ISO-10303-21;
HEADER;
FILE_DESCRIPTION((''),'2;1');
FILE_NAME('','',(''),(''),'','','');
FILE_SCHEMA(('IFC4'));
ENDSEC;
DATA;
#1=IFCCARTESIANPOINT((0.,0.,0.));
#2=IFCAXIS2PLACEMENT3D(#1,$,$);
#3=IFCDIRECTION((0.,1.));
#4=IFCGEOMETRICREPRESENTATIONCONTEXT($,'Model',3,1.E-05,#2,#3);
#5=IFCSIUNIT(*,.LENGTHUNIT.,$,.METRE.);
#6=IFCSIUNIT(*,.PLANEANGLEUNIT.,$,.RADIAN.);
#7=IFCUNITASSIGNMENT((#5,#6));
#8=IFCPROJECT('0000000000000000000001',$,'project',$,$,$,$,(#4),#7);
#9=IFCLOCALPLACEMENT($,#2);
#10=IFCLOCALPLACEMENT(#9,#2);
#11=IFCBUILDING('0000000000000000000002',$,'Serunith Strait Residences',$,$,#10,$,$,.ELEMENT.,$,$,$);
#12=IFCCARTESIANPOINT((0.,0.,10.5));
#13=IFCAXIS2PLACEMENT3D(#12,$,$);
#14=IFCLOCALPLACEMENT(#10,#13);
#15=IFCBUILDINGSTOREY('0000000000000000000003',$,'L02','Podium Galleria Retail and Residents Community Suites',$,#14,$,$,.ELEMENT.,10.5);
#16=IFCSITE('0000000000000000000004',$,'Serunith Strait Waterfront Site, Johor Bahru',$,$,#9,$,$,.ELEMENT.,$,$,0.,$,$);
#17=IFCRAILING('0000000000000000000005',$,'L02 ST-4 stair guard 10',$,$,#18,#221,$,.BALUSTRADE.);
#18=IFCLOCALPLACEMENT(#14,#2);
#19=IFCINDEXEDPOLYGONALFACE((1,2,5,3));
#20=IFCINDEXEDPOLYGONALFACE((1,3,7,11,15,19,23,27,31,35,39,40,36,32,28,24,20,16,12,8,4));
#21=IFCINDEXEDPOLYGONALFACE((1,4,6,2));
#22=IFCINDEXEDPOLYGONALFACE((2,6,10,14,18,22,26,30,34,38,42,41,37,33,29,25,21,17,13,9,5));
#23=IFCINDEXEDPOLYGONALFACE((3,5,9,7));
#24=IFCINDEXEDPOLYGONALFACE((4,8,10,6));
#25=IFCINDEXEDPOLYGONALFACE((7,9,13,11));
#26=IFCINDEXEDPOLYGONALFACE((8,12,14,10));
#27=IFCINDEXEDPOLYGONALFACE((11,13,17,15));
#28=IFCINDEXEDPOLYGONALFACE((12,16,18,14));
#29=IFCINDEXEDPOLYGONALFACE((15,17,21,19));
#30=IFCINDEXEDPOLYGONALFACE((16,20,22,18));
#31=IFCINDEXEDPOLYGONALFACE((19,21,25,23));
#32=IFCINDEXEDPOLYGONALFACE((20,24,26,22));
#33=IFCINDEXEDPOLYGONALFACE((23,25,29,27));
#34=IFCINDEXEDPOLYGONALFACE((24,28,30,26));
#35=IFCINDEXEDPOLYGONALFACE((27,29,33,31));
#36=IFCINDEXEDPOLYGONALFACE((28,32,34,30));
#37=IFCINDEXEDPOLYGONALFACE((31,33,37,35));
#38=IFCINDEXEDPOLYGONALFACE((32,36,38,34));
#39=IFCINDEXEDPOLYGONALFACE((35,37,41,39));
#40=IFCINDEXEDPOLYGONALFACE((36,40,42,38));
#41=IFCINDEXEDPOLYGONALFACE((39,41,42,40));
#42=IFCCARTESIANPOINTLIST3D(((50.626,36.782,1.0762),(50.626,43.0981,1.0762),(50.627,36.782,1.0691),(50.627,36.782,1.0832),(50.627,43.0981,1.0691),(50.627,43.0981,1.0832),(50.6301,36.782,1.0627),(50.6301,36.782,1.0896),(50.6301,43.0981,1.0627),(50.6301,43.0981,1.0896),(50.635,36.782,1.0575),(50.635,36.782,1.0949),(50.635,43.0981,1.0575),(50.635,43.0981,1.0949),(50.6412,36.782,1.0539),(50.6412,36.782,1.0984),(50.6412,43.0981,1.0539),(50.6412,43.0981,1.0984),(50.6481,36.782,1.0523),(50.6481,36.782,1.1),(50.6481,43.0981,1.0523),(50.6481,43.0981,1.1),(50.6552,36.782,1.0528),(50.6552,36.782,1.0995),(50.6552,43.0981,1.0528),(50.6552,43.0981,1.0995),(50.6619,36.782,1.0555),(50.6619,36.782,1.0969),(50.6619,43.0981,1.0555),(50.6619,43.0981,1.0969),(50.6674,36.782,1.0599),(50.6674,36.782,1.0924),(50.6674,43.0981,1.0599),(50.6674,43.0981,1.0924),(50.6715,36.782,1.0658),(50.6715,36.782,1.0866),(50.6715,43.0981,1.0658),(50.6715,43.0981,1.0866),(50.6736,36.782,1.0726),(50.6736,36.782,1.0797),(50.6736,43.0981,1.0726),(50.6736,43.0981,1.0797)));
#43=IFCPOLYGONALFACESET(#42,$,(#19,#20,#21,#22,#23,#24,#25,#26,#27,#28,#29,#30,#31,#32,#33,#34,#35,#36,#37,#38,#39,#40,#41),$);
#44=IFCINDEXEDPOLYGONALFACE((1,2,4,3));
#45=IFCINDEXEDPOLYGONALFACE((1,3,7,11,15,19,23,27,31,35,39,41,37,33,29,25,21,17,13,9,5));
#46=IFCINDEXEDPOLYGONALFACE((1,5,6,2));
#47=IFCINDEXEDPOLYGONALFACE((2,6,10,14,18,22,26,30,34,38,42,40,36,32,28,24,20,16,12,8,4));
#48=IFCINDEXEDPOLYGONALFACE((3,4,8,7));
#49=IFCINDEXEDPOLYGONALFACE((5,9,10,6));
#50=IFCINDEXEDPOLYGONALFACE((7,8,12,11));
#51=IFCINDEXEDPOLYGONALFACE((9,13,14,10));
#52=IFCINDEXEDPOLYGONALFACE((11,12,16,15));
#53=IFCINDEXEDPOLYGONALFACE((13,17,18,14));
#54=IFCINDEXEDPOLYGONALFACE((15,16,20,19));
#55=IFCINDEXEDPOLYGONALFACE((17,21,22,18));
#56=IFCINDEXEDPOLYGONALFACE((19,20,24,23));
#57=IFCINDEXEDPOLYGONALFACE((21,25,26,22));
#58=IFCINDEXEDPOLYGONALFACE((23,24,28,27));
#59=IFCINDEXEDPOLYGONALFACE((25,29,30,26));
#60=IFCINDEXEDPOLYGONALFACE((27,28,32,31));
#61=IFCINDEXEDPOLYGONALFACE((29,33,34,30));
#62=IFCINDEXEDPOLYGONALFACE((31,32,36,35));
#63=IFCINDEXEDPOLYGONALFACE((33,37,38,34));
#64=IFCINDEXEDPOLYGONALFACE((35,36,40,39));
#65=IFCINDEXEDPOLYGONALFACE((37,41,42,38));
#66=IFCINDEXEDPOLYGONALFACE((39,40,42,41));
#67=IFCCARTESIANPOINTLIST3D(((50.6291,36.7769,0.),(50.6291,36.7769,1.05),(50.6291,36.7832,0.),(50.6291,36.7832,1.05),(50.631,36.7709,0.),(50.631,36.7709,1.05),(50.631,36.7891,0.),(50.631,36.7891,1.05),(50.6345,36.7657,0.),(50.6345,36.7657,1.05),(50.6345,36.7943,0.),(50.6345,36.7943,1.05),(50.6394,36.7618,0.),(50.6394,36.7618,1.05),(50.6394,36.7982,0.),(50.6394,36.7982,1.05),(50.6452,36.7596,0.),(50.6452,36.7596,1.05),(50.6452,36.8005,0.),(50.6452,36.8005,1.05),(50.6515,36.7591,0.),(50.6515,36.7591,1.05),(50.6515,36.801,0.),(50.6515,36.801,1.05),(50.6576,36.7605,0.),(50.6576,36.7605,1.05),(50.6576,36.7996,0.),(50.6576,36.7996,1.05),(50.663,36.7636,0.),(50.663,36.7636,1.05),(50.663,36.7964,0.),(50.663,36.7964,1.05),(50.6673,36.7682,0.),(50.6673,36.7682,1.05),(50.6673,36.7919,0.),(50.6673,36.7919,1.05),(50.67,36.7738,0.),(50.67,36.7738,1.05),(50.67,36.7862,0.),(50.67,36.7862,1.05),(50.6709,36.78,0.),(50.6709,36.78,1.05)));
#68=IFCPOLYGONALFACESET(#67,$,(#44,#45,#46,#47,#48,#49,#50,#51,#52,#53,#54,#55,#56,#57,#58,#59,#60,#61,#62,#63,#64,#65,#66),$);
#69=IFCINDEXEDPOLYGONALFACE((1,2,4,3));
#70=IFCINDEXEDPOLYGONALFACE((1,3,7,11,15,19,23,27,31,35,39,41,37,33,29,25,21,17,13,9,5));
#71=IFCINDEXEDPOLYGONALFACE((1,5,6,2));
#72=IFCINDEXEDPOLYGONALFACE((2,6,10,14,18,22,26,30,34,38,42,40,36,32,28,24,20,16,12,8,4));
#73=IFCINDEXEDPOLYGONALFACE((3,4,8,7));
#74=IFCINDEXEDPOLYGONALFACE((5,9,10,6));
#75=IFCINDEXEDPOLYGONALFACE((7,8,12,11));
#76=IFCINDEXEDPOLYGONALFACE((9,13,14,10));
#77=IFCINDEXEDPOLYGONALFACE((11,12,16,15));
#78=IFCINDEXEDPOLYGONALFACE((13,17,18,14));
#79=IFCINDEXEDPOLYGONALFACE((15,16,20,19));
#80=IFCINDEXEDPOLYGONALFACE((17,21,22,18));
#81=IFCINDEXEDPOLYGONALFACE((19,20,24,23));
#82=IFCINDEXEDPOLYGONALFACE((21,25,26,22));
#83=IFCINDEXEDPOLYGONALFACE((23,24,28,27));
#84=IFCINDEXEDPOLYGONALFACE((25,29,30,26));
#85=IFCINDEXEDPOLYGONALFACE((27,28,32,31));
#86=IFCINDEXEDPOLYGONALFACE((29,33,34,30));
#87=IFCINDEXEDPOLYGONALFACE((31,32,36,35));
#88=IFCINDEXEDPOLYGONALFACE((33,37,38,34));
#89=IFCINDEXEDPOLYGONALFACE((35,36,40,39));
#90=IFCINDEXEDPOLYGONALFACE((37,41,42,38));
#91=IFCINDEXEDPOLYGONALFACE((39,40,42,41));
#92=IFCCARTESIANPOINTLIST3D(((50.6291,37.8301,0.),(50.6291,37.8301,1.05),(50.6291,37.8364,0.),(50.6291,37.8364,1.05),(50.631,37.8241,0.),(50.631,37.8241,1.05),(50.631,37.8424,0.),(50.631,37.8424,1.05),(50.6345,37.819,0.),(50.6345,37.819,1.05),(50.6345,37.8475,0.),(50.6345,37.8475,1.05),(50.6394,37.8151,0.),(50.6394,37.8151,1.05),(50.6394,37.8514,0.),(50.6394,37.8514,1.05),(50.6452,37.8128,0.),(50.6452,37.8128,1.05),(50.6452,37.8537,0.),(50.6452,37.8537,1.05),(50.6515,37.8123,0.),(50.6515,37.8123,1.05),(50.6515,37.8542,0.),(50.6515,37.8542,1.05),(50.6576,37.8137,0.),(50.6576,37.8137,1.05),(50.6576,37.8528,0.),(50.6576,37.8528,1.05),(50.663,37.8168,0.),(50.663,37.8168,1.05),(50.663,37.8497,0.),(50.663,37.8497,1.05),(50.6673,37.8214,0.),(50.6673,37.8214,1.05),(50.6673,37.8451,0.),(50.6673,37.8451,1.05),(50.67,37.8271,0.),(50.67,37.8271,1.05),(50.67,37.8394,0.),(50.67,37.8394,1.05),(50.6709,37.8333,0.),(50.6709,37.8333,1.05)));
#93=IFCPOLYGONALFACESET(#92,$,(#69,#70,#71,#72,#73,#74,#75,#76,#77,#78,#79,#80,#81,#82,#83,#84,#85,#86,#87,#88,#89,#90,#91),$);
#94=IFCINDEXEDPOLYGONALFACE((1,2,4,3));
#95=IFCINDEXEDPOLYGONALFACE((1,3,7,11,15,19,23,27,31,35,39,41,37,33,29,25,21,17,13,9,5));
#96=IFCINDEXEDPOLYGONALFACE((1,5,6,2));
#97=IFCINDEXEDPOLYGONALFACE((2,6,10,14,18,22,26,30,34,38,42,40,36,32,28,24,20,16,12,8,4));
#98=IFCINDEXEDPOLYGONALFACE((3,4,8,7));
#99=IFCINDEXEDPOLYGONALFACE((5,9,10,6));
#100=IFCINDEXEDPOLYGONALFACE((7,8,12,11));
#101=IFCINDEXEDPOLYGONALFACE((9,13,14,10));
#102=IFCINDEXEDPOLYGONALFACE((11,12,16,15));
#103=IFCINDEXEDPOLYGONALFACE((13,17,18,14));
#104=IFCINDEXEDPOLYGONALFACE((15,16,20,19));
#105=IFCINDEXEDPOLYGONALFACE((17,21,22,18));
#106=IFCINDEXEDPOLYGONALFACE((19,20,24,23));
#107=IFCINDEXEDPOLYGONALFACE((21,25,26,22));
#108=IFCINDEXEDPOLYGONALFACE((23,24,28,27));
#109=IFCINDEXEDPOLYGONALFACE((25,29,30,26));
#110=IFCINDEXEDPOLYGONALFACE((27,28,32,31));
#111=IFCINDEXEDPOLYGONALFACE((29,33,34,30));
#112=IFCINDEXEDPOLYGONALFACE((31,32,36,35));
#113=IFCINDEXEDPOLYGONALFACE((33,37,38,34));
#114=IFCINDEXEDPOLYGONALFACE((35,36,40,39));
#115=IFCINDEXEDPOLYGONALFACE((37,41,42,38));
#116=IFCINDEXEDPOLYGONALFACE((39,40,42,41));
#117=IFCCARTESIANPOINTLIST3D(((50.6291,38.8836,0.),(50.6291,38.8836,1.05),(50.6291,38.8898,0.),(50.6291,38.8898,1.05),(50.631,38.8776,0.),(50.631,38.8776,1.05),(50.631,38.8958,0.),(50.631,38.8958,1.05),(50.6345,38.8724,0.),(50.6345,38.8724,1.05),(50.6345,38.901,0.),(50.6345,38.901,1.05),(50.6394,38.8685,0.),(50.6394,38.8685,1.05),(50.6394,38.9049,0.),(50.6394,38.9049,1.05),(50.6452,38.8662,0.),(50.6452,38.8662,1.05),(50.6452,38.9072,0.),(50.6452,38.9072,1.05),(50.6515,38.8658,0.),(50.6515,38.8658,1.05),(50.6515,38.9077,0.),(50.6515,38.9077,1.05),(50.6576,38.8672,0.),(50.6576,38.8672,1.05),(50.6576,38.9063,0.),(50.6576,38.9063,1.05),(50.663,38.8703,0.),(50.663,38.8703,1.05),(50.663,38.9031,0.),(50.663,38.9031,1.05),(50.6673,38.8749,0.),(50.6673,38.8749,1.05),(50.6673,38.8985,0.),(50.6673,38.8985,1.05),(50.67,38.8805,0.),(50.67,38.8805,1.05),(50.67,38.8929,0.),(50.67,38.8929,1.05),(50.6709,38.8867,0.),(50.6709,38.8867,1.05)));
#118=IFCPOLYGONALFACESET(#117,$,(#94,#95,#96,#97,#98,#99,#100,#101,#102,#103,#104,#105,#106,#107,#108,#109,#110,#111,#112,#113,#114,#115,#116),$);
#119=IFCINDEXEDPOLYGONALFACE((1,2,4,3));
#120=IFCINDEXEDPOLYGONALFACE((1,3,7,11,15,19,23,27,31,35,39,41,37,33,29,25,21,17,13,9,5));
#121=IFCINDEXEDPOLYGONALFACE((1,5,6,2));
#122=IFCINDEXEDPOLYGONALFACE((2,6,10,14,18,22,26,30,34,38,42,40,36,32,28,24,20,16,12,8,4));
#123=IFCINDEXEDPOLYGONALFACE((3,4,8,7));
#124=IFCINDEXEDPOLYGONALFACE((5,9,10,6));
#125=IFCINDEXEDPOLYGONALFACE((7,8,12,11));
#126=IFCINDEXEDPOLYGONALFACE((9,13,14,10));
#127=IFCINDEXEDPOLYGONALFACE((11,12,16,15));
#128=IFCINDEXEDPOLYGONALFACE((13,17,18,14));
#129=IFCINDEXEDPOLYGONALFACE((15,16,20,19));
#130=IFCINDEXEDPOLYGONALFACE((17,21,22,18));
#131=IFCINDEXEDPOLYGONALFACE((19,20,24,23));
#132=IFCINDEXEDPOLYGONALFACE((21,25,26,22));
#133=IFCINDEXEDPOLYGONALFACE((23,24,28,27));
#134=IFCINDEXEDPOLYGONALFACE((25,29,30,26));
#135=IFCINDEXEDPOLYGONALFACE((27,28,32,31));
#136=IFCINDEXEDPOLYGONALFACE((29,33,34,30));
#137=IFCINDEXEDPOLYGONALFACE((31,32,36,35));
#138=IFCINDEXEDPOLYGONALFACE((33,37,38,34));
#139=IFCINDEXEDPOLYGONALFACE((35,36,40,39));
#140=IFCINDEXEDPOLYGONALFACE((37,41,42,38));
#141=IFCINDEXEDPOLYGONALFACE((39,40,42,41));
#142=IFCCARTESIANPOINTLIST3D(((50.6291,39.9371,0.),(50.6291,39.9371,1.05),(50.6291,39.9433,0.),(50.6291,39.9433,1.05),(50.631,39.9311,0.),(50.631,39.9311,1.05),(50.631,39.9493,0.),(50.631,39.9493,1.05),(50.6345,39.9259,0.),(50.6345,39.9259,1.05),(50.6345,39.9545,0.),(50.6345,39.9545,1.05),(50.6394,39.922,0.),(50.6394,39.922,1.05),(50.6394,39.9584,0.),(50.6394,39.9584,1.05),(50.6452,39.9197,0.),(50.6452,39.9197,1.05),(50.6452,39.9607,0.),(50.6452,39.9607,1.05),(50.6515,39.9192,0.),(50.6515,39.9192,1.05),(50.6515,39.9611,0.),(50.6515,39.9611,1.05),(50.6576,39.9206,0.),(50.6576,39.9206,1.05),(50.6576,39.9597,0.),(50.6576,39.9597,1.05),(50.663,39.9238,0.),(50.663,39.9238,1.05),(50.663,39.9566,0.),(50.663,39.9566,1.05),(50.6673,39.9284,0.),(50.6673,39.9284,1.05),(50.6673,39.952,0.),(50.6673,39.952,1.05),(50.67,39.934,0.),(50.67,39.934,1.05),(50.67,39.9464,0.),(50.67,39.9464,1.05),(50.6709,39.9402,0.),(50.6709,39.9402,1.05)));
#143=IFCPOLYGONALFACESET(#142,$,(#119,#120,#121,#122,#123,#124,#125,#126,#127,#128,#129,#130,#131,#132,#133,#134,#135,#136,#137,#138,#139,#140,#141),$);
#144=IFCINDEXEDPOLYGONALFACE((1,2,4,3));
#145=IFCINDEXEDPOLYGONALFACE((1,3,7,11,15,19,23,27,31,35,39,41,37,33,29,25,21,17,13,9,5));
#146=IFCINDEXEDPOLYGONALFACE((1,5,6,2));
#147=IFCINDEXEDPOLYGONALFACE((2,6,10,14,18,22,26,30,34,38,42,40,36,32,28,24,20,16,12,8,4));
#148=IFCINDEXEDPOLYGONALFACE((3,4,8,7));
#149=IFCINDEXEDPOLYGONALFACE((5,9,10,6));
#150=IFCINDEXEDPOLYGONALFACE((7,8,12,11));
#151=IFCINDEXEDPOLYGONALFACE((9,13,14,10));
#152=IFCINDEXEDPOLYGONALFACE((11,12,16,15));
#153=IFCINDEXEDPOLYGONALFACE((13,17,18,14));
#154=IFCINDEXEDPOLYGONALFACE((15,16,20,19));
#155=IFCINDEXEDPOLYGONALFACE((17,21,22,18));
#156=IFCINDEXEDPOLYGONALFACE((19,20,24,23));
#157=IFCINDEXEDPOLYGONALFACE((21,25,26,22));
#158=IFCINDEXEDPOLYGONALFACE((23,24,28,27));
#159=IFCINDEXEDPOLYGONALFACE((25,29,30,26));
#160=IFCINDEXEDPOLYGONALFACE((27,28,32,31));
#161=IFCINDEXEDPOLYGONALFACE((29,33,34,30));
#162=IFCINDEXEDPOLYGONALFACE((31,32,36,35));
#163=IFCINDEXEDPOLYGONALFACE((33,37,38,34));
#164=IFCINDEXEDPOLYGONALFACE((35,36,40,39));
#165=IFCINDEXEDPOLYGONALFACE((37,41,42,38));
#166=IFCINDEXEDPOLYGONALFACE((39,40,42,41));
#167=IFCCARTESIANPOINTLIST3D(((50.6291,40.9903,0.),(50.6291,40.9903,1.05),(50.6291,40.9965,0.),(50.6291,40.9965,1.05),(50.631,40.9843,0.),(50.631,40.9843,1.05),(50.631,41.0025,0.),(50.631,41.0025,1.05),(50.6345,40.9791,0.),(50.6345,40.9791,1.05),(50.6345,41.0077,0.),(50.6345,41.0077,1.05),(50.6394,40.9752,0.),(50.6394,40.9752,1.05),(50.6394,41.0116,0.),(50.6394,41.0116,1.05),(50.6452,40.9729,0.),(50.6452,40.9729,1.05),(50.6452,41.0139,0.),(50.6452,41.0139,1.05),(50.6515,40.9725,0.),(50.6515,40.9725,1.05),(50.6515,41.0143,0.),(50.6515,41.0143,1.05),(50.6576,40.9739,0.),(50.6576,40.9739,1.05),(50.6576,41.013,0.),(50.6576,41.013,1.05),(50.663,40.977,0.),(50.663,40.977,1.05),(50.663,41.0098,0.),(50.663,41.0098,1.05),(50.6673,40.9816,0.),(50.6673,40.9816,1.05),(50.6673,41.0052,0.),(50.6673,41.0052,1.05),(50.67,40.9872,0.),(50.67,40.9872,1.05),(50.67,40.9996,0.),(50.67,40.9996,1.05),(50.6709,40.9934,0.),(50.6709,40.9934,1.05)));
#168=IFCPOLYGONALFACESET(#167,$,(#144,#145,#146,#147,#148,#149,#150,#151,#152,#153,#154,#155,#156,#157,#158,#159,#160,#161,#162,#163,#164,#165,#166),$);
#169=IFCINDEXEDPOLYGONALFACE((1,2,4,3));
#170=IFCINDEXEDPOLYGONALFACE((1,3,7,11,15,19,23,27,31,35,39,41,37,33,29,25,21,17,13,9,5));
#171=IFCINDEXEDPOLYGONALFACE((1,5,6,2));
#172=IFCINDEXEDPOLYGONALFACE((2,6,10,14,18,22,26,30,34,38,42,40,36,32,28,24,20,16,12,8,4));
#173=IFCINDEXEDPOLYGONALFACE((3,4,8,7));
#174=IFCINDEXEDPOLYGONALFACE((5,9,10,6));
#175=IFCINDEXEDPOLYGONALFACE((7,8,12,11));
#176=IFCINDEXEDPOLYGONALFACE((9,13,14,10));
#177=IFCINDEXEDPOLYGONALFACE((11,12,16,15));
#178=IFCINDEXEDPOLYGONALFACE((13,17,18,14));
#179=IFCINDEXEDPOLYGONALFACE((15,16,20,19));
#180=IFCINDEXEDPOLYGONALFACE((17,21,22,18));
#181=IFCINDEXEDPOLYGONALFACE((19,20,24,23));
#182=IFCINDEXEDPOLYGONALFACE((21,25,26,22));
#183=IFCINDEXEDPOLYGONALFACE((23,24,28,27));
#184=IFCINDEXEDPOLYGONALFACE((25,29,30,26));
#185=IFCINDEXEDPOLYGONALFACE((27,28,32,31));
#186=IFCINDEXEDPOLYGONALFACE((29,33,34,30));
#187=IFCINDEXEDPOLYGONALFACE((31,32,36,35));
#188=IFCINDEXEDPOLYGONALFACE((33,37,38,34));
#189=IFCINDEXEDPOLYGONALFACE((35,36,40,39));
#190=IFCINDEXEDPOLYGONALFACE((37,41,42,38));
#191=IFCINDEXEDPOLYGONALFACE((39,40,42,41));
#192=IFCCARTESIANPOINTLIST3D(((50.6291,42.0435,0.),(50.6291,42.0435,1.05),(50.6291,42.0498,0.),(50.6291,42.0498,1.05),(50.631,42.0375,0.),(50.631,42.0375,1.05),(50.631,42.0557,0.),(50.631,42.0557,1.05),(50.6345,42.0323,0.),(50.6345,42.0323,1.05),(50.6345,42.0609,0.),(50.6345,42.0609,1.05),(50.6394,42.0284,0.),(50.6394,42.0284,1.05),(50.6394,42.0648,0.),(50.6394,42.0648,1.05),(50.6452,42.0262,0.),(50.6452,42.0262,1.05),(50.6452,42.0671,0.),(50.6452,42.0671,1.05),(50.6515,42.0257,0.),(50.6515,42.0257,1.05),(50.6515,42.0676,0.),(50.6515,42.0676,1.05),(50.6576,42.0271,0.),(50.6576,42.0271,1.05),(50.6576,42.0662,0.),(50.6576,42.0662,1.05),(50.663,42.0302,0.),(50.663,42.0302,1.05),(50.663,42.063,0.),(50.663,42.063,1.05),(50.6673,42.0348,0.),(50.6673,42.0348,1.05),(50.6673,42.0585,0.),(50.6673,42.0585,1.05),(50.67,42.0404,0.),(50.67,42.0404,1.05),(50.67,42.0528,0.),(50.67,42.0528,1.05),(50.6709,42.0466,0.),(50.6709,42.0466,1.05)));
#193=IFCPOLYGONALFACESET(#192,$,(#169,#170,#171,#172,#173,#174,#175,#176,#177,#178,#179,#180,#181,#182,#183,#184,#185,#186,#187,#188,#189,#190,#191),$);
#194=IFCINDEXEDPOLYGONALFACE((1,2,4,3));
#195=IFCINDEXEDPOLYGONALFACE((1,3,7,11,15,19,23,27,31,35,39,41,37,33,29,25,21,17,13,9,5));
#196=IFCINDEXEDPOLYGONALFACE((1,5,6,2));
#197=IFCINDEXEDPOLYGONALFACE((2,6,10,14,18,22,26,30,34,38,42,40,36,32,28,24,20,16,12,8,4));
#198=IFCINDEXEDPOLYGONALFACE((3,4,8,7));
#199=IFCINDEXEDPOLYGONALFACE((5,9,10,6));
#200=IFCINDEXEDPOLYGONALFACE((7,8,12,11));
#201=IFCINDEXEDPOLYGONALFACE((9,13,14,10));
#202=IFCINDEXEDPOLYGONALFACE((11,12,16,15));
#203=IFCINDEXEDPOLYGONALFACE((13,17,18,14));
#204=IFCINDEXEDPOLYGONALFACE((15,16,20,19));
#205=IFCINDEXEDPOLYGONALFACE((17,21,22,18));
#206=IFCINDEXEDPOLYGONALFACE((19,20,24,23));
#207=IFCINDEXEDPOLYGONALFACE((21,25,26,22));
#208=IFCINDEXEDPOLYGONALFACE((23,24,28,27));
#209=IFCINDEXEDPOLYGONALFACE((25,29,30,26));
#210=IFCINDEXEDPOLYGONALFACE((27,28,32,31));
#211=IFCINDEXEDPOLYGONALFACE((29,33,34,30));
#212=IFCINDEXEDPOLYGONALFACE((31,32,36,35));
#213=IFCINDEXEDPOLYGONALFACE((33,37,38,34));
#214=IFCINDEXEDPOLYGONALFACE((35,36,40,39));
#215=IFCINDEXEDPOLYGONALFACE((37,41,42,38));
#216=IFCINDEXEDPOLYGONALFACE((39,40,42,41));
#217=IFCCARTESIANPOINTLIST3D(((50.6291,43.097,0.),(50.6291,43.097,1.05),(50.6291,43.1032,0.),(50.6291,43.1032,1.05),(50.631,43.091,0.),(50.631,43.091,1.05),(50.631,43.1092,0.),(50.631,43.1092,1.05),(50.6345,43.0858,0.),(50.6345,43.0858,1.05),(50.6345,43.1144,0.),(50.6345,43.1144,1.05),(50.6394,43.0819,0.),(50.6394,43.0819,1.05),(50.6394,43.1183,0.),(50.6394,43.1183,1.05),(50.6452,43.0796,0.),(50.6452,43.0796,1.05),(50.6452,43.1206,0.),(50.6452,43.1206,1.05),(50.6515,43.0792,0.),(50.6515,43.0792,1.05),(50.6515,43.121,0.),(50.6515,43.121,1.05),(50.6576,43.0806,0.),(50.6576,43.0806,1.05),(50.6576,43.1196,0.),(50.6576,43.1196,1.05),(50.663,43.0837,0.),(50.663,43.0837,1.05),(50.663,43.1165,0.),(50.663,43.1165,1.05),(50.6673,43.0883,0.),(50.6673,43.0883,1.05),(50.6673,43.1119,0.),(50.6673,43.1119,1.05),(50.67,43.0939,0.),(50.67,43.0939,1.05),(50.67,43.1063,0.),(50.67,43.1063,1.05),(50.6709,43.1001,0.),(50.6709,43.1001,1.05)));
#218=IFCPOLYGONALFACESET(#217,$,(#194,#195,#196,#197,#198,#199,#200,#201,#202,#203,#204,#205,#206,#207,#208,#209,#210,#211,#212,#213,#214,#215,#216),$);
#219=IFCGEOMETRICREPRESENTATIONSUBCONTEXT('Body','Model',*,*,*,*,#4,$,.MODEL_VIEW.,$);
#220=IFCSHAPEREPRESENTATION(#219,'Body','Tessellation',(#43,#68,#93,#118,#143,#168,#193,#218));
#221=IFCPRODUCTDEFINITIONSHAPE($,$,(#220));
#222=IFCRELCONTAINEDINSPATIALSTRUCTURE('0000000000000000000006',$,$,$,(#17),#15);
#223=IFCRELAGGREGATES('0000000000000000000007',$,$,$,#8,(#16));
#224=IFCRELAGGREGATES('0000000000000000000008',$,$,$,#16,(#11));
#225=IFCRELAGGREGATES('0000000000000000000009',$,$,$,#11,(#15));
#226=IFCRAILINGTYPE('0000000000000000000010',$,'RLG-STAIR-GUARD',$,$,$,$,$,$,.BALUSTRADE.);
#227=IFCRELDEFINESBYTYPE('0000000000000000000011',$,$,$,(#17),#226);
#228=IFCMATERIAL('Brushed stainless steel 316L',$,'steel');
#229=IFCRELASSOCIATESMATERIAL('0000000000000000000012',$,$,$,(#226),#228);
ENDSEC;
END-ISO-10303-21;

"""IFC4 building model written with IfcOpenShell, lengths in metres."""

from ifc_helpers import new_model, si_unit, direction, frame, origin, origin_2d, place, context, subcontext, project, spatial, circle, extrude, material, type_object, element, save


model = new_model("IFC4")

# Units and contexts
model_context = context("Model", 3, precision=1e-05, world=origin(), true_north=direction((0.0, 1.0)))
body_context = subcontext(model_context, "Body", "Model", "MODEL_VIEW")
ifc_project = project(units=[si_unit("LENGTHUNIT", "METRE"), si_unit("PLANEANGLEUNIT", "RADIAN")], contexts=[model_context])

# Site, building, storey
site_placement = place(None, origin())
site = spatial("IfcSite", under=ifc_project, at=site_placement, Name="Serunith Strait Waterfront Site, Johor Bahru", CompositionType="ELEMENT", RefElevation=0.0)
building_placement = place(site_placement, origin())
building = spatial("IfcBuilding", under=site, at=building_placement, Name="Serunith Strait Residences", CompositionType="ELEMENT")
storey_placement = place(building_placement, frame((0.0, 0.0, 10.5)))
storey = spatial("IfcBuildingStorey", under=building, at=storey_placement, Name="L02", Description="Podium Galleria Retail and Residents Community Suites", CompositionType="ELEMENT", Elevation=10.5)

# Railing
ifc_material_1 = material(Name="Brushed stainless steel 316L", Category="steel")
railing_type_1 = type_object("IfcRailingType", Name="RLG-STAIR-GUARD", PredefinedType="BALUSTRADE", material=ifc_material_1)
railing_1_placement = place(storey_placement, frame((50.6499, 36.78, 0.0)))
element("IfcRailing", 1, at=railing_1_placement, inside=storey, type_object=railing_type_1, Name="L02 ST-4 stair guard 10", PredefinedType="BALUSTRADE", context=body_context, shape_type="SweptSolid", body=[
    extrude(circle(Radius=0.0239, at=origin_2d()), frame((0.0, 0.002, 1.0762), z_axis=(0.0, 1.0, 0.0), x_axis=(-1.0, 0.0, 0.0)), (0.0, 0.0, 1.0), 6.3162),
    extrude(circle(Radius=0.021, at=origin_2d()), origin(), (0.0, 0.0, 1.0), 1.05),
    extrude(circle(Radius=0.021, at=origin_2d()), frame((0.0, 1.0532, 0.0)), (0.0, 0.0, 1.0), 1.05),
    extrude(circle(Radius=0.021, at=origin_2d()), frame((0.0, 2.1067, 0.0)), (0.0, 0.0, 1.0), 1.05),
    extrude(circle(Radius=0.021, at=origin_2d()), frame((0.0, 3.1602, 0.0)), (0.0, 0.0, 1.0), 1.05),
    extrude(circle(Radius=0.021, at=origin_2d()), frame((0.0, 4.2134, 0.0)), (0.0, 0.0, 1.0), 1.05),
    extrude(circle(Radius=0.021, at=origin_2d()), frame((0.0, 5.2666, 0.0)), (0.0, 0.0, 1.0), 1.05),
    extrude(circle(Radius=0.021, at=origin_2d()), frame((0.0, 6.3201, 0.0)), (0.0, 0.0, 1.0), 1.05),
])

save(model, "model.ifc")
